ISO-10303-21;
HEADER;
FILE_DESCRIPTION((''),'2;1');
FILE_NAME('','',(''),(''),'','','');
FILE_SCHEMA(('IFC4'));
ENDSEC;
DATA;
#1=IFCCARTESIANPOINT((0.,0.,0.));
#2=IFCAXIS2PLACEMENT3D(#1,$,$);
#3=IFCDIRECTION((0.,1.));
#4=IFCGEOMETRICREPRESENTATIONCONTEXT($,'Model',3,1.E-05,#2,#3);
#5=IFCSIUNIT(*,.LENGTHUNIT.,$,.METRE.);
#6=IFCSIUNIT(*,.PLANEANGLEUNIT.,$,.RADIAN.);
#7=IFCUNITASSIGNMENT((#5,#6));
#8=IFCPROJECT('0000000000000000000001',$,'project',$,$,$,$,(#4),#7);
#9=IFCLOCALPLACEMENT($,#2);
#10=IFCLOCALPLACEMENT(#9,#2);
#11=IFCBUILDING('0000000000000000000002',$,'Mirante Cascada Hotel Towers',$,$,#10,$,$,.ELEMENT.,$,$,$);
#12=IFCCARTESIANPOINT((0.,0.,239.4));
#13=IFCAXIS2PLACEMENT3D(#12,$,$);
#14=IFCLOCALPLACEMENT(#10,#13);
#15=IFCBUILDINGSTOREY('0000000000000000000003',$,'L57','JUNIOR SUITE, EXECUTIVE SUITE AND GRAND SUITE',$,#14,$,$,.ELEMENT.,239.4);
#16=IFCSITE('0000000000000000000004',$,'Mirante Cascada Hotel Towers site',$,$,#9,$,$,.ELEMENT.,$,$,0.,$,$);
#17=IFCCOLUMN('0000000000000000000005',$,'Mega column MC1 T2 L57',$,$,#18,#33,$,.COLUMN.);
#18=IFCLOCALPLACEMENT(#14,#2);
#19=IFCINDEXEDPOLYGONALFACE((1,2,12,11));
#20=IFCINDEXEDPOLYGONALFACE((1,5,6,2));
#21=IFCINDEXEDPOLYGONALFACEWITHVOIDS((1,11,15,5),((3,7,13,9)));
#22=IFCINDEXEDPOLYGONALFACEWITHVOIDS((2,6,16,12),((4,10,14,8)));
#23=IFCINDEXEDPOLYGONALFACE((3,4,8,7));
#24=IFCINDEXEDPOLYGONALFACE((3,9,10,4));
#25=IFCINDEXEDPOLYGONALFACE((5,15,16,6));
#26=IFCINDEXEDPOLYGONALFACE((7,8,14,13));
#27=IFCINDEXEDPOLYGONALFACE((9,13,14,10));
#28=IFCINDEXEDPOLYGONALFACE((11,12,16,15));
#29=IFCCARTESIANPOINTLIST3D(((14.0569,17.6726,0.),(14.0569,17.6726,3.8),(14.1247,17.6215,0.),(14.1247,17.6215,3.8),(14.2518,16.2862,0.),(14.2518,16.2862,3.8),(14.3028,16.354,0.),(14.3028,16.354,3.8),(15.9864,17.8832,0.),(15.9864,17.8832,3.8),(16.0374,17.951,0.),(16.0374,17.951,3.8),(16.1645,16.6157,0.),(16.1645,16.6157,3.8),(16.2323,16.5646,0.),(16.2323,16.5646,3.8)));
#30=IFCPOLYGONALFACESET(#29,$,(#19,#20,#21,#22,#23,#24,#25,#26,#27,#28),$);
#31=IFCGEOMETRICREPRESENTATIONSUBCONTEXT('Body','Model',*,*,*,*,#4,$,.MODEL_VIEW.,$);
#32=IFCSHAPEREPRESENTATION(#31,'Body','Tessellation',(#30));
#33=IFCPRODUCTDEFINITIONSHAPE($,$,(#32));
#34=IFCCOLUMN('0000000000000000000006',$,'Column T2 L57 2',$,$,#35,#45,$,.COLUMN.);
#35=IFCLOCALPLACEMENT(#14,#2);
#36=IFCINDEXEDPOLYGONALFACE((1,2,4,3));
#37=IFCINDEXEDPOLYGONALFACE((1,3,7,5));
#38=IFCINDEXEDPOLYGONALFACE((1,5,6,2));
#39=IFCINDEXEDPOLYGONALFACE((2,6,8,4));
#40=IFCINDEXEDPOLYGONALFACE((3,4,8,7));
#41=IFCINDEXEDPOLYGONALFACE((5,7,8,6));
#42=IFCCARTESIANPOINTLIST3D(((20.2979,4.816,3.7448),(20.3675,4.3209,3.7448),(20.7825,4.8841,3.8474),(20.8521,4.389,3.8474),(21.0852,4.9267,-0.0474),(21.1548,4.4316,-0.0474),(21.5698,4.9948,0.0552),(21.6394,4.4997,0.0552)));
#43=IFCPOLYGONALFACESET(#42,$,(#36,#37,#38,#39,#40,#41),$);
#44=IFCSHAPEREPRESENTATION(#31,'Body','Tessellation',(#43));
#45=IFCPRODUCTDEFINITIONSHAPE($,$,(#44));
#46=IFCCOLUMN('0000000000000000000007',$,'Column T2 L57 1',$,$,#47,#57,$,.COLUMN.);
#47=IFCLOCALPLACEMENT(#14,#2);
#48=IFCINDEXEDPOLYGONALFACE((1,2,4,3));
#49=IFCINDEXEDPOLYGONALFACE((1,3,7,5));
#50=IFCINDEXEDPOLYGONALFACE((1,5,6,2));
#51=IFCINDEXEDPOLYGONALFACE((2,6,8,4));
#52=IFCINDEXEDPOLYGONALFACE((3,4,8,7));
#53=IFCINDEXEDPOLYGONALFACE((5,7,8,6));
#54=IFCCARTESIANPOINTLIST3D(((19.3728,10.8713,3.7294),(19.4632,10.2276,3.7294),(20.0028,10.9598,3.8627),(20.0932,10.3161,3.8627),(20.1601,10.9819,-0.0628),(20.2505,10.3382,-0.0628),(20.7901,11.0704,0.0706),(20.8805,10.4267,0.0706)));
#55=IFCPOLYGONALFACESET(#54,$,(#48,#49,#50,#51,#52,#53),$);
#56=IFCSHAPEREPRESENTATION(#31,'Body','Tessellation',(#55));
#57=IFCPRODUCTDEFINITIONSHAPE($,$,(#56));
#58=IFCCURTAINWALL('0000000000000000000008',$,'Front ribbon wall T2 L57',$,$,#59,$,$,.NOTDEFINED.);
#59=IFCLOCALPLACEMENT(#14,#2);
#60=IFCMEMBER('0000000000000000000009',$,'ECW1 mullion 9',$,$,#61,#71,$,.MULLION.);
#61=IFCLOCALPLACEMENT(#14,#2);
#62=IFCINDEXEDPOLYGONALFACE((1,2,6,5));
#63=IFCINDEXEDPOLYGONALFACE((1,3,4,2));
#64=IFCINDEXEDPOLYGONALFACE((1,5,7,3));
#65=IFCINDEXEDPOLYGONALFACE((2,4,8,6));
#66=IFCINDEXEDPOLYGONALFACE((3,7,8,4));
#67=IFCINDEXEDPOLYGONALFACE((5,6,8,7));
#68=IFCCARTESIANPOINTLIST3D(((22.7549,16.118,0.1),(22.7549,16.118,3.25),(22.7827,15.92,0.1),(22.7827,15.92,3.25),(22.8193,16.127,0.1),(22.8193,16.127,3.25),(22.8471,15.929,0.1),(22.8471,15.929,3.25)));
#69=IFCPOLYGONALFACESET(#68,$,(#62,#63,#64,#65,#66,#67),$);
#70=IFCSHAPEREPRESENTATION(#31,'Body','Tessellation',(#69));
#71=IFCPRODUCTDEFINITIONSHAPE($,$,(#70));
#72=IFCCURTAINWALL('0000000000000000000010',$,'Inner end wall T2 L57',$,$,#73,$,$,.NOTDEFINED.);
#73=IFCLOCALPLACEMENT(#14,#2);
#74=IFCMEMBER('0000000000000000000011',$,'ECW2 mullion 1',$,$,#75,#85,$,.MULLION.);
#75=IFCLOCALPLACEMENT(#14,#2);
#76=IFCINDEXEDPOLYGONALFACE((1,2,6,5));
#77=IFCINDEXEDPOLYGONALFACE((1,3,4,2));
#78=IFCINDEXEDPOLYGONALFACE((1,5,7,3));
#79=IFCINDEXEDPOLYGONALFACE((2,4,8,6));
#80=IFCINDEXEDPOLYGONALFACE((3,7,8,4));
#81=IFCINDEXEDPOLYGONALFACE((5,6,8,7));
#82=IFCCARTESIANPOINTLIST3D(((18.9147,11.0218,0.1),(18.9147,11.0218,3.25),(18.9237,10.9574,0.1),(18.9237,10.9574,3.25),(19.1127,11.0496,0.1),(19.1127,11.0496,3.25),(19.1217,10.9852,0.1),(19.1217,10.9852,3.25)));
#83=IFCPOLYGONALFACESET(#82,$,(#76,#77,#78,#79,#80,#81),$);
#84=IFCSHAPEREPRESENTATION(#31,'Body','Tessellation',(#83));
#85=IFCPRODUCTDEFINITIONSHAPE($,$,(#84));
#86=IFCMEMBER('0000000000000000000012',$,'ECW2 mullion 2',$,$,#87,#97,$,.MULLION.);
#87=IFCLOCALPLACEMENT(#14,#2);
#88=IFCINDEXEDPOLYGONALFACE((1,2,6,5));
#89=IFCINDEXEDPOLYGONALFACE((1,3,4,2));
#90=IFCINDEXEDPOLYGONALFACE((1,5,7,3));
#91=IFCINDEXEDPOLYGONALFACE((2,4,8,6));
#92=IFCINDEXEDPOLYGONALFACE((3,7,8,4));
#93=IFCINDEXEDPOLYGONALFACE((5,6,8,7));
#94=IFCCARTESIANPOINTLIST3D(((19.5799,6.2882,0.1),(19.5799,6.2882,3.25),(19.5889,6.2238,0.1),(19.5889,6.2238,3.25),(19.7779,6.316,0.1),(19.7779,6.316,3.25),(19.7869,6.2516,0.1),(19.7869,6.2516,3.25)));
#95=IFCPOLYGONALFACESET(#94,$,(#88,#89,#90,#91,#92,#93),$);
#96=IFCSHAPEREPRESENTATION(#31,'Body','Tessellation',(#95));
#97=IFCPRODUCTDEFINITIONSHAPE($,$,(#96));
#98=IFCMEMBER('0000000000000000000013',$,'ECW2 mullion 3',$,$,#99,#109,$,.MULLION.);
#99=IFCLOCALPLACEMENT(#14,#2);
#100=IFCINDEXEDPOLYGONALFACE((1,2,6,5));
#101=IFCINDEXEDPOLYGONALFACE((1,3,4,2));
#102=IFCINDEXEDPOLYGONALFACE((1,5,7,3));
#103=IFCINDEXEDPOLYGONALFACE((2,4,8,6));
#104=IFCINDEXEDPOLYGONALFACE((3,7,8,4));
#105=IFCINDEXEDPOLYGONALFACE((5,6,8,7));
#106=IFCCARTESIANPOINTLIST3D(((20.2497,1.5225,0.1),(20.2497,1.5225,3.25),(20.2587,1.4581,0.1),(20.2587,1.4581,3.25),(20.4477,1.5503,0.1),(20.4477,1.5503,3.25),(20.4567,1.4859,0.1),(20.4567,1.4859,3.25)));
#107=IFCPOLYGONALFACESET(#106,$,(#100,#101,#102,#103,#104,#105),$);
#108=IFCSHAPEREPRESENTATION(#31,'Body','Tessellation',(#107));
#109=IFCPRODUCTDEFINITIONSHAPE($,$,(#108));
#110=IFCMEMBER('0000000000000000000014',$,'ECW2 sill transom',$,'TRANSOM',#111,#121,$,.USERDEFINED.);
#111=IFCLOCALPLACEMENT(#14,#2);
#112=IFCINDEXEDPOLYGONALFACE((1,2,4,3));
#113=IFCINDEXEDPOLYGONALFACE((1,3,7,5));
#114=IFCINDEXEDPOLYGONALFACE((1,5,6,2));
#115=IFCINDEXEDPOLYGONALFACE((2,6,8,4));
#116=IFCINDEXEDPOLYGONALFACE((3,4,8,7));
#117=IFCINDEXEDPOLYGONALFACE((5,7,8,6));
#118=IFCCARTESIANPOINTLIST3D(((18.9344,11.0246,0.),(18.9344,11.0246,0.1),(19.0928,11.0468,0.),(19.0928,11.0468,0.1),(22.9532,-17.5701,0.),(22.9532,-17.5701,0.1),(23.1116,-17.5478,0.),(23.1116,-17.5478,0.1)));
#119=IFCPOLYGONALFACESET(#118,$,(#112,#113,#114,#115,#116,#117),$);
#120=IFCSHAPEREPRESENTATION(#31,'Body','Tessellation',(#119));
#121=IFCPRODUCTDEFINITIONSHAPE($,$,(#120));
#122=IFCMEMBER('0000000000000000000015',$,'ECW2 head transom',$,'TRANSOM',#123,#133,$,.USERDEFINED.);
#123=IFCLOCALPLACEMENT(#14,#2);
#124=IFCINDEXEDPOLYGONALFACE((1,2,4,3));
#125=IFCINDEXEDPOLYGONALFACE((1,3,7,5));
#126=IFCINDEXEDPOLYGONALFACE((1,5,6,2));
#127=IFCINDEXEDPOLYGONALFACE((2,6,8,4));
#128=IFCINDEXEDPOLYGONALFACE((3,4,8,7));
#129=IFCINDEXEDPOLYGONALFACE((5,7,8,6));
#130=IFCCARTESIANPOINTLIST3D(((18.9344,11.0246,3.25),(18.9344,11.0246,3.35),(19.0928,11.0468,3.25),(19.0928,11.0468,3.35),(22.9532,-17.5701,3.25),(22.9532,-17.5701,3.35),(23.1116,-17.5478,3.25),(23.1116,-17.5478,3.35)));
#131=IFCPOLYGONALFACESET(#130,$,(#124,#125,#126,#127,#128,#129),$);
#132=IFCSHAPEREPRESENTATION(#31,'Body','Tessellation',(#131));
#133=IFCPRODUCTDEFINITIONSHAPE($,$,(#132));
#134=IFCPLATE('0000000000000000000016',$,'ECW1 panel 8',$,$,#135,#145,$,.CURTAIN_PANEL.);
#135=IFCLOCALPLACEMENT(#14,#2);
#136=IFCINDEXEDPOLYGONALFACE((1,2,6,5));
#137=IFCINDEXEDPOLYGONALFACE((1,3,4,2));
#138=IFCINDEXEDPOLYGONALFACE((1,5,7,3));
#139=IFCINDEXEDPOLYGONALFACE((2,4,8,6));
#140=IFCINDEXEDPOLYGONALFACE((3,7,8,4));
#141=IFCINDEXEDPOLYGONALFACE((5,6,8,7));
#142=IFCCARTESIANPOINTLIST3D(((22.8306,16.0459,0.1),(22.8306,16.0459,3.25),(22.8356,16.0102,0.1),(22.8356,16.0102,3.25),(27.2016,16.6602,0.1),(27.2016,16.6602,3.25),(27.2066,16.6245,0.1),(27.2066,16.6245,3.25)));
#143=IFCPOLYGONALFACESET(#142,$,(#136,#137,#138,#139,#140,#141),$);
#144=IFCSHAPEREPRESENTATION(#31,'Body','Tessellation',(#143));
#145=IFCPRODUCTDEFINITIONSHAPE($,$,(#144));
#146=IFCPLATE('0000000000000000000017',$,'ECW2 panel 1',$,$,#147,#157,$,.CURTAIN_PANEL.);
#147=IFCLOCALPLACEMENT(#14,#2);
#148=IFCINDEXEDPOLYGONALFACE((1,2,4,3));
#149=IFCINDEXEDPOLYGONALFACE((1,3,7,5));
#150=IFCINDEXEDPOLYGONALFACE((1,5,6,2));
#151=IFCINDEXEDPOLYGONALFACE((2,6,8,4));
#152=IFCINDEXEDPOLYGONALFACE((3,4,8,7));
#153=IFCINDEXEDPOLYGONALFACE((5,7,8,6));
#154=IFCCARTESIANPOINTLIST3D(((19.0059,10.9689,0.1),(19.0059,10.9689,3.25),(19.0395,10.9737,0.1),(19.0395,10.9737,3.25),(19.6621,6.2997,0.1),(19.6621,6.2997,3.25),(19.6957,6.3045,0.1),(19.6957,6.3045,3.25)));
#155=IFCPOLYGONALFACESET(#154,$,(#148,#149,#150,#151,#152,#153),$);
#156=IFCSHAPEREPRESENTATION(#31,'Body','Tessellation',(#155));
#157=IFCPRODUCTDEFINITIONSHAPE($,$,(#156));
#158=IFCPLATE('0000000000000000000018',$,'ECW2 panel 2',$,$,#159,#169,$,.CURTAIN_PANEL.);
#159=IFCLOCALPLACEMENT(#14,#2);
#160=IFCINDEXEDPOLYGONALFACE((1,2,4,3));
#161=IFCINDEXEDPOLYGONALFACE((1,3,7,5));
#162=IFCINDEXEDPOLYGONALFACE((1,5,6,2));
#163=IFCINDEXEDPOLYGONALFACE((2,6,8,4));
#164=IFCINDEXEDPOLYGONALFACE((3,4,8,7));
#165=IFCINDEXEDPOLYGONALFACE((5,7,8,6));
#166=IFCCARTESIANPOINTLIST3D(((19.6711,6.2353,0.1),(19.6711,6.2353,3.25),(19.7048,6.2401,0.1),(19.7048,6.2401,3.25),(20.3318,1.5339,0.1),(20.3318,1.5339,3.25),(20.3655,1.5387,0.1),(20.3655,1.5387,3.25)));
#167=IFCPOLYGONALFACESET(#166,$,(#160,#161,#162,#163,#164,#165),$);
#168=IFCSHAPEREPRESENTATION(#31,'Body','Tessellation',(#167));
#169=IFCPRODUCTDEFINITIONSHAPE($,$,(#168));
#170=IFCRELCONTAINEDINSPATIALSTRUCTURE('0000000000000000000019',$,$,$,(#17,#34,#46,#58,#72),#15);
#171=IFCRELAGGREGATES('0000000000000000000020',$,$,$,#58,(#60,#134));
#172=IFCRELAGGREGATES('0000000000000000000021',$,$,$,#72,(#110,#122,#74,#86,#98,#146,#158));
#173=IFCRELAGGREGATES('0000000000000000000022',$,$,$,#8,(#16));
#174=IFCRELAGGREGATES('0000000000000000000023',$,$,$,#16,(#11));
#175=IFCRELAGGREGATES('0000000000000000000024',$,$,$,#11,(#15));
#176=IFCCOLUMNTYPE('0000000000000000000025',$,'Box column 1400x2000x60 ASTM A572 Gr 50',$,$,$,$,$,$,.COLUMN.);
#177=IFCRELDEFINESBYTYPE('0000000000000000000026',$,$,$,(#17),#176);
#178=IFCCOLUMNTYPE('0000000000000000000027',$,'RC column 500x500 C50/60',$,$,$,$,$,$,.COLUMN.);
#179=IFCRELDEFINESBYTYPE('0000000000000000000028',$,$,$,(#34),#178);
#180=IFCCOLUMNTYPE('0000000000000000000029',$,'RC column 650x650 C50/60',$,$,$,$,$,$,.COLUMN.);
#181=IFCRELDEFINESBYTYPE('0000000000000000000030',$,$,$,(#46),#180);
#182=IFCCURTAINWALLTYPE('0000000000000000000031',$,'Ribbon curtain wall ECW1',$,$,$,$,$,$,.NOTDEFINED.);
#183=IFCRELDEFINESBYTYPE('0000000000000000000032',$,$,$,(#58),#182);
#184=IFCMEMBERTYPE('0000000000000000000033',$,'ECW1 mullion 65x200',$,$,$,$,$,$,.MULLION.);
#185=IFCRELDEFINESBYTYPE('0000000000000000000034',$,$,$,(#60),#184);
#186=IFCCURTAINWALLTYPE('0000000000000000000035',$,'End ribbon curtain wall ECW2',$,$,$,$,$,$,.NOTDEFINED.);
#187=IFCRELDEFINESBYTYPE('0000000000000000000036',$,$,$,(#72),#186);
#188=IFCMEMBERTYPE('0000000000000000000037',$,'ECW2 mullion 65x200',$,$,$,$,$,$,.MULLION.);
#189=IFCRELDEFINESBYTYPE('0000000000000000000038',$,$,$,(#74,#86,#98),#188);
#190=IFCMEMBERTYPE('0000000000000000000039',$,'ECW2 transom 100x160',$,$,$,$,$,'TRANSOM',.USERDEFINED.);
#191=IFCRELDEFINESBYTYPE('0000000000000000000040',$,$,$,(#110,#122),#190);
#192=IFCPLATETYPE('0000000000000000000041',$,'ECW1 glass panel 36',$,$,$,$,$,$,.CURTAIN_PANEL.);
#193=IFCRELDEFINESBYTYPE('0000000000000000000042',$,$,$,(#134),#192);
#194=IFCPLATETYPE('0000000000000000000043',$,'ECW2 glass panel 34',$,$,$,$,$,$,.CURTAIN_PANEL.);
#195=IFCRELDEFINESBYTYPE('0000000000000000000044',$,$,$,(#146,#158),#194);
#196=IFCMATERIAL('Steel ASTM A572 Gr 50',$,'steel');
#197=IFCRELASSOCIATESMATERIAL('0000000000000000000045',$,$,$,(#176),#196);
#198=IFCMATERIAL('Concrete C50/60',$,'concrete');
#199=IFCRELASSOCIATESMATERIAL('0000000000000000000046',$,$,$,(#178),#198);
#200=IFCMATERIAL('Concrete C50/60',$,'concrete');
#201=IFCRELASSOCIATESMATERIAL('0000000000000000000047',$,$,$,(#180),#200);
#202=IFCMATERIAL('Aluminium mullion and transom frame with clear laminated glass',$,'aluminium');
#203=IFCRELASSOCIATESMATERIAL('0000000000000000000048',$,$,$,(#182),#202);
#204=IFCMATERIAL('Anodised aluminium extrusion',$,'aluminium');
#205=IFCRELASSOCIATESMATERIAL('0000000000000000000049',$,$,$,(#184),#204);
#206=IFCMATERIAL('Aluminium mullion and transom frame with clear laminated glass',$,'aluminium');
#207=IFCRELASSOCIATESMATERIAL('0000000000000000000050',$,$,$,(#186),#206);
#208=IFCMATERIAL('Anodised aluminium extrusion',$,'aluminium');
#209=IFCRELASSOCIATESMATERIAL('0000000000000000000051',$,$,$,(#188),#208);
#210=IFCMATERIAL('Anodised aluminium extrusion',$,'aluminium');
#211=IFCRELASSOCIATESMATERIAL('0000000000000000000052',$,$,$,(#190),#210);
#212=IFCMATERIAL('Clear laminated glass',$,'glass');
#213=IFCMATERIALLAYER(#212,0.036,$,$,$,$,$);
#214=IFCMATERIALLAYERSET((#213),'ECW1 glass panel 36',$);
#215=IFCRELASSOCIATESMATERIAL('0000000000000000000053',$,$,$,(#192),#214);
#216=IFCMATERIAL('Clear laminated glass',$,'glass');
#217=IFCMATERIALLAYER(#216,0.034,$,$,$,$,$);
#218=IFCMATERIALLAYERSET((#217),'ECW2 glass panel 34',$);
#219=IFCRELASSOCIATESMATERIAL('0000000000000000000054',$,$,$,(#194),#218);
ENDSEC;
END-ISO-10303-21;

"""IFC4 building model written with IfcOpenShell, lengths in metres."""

from ifc_helpers import new_model, si_unit, direction, frame, origin, origin_2d, place, context, subcontext, project, spatial, rectangle, hollow_rectangle, extrude, material, layer, layer_set, material_profile, profile_set, type_object, element, aggregate, save


model = new_model("IFC4")

# Units and contexts
model_context = context("Model", 3, precision=1e-05, world=origin(), true_north=direction((0.0, 1.0)))
body_context = subcontext(model_context, "Body", "Model", "MODEL_VIEW")
ifc_project = project(units=[si_unit("LENGTHUNIT", "METRE"), si_unit("PLANEANGLEUNIT", "RADIAN")], contexts=[model_context])

# Site, building, storey
site_placement = place(None, origin())
site = spatial("IfcSite", under=ifc_project, at=site_placement, Name="Mirante Cascada Hotel Towers site", CompositionType="ELEMENT", RefElevation=0.0)
building_placement = place(site_placement, origin())
building = spatial("IfcBuilding", under=site, at=building_placement, Name="Mirante Cascada Hotel Towers", CompositionType="ELEMENT")
storey_placement = place(building_placement, frame((0.0, 0.0, 239.4)))
storey = spatial("IfcBuildingStorey", under=building, at=storey_placement, Name="L57", Description="JUNIOR SUITE, EXECUTIVE SUITE AND GRAND SUITE", CompositionType="ELEMENT", Elevation=239.4)

# Columns
ifc_material_1 = material(Name="Steel ASTM A572 Gr 50", Category="steel")
ifc_material_profile_1 = material_profile(ifc_material_1, hollow_rectangle(XDim=2.0, YDim=1.4, WallThickness=0.06, at=origin_2d()), Name="Box column 1400x2000x60 ASTM A572 Gr 50")
ifc_profile_set_1 = profile_set([ifc_material_profile_1], Name="Steel ASTM A572 Gr 50")
column_type_1 = type_object("IfcColumnType", Name="Box column 1400x2000x60 ASTM A572 Gr 50", PredefinedType="COLUMN", material=ifc_profile_set_1)
column_1_placement = place(storey_placement, frame((15.1446, 17.1186, 0.0), z_axis=(0.0, 0.0, 1.0), x_axis=(0.990268, 0.139173, 0.0)))
element("IfcColumn", 1, at=column_1_placement, inside=storey, type_object=column_type_1, Name="Mega column MC1 T2 L57", PredefinedType="COLUMN", context=body_context, shape_type="SweptSolid", body=[
    extrude(hollow_rectangle(XDim=2.0, YDim=1.4, WallThickness=0.06, at=origin_2d()), origin(), (0.0, 0.0, 1.0), 3.8),
])
ifc_material_2 = material(Name="Concrete C50/60", Category="concrete")
ifc_material_profile_2 = material_profile(ifc_material_2, rectangle(XDim=0.5, YDim=0.5, at=origin_2d()), Name="RC column 500x500 C50/60")
ifc_profile_set_2 = profile_set([ifc_material_profile_2], Name="Concrete C50/60")
column_type_2 = type_object("IfcColumnType", Name="RC column 500x500 C50/60", PredefinedType="COLUMN", material=ifc_profile_set_2)
column_2_placement = place(storey_placement, frame((21.3623, 4.7132, 0.0039), z_axis=(-0.203193, -0.02857, 0.978722), x_axis=(0.139237, -0.990259, 0.0)))
element("IfcColumn", 2, at=column_2_placement, inside=storey, type_object=column_type_2, Name="Column T2 L57 2", PredefinedType="COLUMN", context=body_context, shape_type="SweptSolid", body=[
    extrude(rectangle(XDim=0.5, YDim=0.5, at=origin_2d()), origin(), (0.0, 0.0, 1.0), 3.8746),
])
ifc_material_3 = material(Name="Concrete C50/60", Category="concrete")
ifc_material_profile_3 = material_profile(ifc_material_3, rectangle(XDim=0.65, YDim=0.65, at=origin_2d()), Name="RC column 650x650 C50/60")
ifc_profile_set_3 = profile_set([ifc_material_profile_3], Name="Concrete C50/60")
column_type_3 = type_object("IfcColumnType", Name="RC column 650x650 C50/60", PredefinedType="COLUMN", material=ifc_profile_set_3)
column_3_placement = place(storey_placement, frame((20.5203, 10.7043, 0.0039), z_axis=(-0.203193, -0.028545, 0.978723), x_axis=(0.139114, -0.990276, 0.0)))
element("IfcColumn", 3, at=column_3_placement, inside=storey, type_object=column_type_3, Name="Column T2 L57 1", PredefinedType="COLUMN", context=body_context, shape_type="SweptSolid", body=[
    extrude(rectangle(XDim=0.65, YDim=0.65, at=origin_2d()), origin(), (0.0, 0.0, 1.0), 3.8746),
])

# Curtain wall, member
ifc_material_4 = material(Name="Aluminium mullion and transom frame with clear laminated glass", Category="aluminium")
curtain_wall_type_1 = type_object("IfcCurtainWallType", Name="Ribbon curtain wall ECW1", PredefinedType="NOTDEFINED", material=ifc_material_4)
curtain_wall_1_placement = place(storey_placement, origin())
curtain_wall_1 = element("IfcCurtainWall", 4, at=curtain_wall_1_placement, inside=storey, type_object=curtain_wall_type_1, Name="Front ribbon wall T2 L57", PredefinedType="NOTDEFINED")
ifc_material_5 = material(Name="Anodised aluminium extrusion", Category="aluminium")
ifc_material_profile_4 = material_profile(ifc_material_5, rectangle(XDim=0.2, YDim=0.065, at=origin_2d()), Name="ECW1 MULLION 65x200")
ifc_profile_set_4 = profile_set([ifc_material_profile_4], Name="Anodised aluminium extrusion")
member_type_1 = type_object("IfcMemberType", Name="ECW1 mullion 65x200", PredefinedType="MULLION", material=ifc_profile_set_4)
member_1_placement = place(storey_placement, frame((22.801, 16.0235, 0.1), z_axis=(0.0, 0.0, 1.0), x_axis=(0.139173, -0.990268, 0.0)))
member_1 = element("IfcMember", 5, at=member_1_placement, type_object=member_type_1, Name="ECW1 mullion 9", PredefinedType="MULLION", context=body_context, shape_type="SweptSolid", body=[
    extrude(rectangle(XDim=0.2, YDim=0.065, at=origin_2d()), origin(), (0.0, 0.0, 1.0), 3.15),
])

# Curtain wall, members
ifc_material_6 = material(Name="Aluminium mullion and transom frame with clear laminated glass", Category="aluminium")
curtain_wall_type_2 = type_object("IfcCurtainWallType", Name="End ribbon curtain wall ECW2", PredefinedType="NOTDEFINED", material=ifc_material_6)
curtain_wall_2_placement = place(storey_placement, origin())
curtain_wall_2 = element("IfcCurtainWall", 6, at=curtain_wall_2_placement, inside=storey, type_object=curtain_wall_type_2, Name="Inner end wall T2 L57", PredefinedType="NOTDEFINED")
ifc_material_7 = material(Name="Anodised aluminium extrusion", Category="aluminium")
ifc_material_profile_5 = material_profile(ifc_material_7, rectangle(XDim=0.2, YDim=0.065, at=origin_2d()), Name="ECW2 MULLION 65x200")
ifc_profile_set_5 = profile_set([ifc_material_profile_5], Name="Anodised aluminium extrusion")
member_type_2 = type_object("IfcMemberType", Name="ECW2 mullion 65x200", PredefinedType="MULLION", material=ifc_profile_set_5)
member_2_placement = place(storey_placement, frame((19.0182, 11.0035, 0.1), z_axis=(0.0, 0.0, 1.0), x_axis=(0.990268, 0.139173, 0.0)))
member_2 = element("IfcMember", 7, at=member_2_placement, type_object=member_type_2, Name="ECW2 mullion 1", PredefinedType="MULLION", context=body_context, shape_type="SweptSolid", body=[
    extrude(rectangle(XDim=0.2, YDim=0.065, at=origin_2d()), origin(), (0.0, 0.0, 1.0), 3.15),
])
member_3_placement = place(storey_placement, frame((19.6834, 6.2699, 0.1), z_axis=(0.0, 0.0, 1.0), x_axis=(0.990268, 0.139173, 0.0)))
member_3 = element("IfcMember", 8, at=member_3_placement, type_object=member_type_2, Name="ECW2 mullion 2", PredefinedType="MULLION", context=body_context, shape_type="SweptSolid", body=[
    extrude(rectangle(XDim=0.2, YDim=0.065, at=origin_2d()), origin(), (0.0, 0.0, 1.0), 3.15),
])
member_4_placement = place(storey_placement, frame((20.3532, 1.5042, 0.1), z_axis=(0.0, 0.0, 1.0), x_axis=(0.990268, 0.139173, 0.0)))
member_4 = element("IfcMember", 9, at=member_4_placement, type_object=member_type_2, Name="ECW2 mullion 3", PredefinedType="MULLION", context=body_context, shape_type="SweptSolid", body=[
    extrude(rectangle(XDim=0.2, YDim=0.065, at=origin_2d()), origin(), (0.0, 0.0, 1.0), 3.15),
])
ifc_material_8 = material(Name="Anodised aluminium extrusion", Category="aluminium")
ifc_material_profile_6 = material_profile(ifc_material_8, rectangle(XDim=0.16, YDim=0.1, at=origin_2d()), Name="ECW2 TRANSOM 100x160")
ifc_profile_set_6 = profile_set([ifc_material_profile_6], Name="Anodised aluminium extrusion")
member_type_3 = type_object("IfcMemberType", Name="ECW2 transom 100x160", ElementType="TRANSOM", PredefinedType="USERDEFINED", material=ifc_profile_set_6)
member_5_placement = place(storey_placement, frame((19.0136, 11.0357, 0.05), z_axis=(0.139176, -0.990268, 0.0), x_axis=(0.990268, 0.139176, 0.0)))
member_5 = element("IfcMember", 10, at=member_5_placement, type_object=member_type_3, Name="ECW2 sill transom", ObjectType="TRANSOM", PredefinedType="USERDEFINED", context=body_context, shape_type="SweptSolid", body=[
    extrude(rectangle(XDim=0.16, YDim=0.1, at=origin_2d()), origin(), (0.0, 0.0, 1.0), 28.8757),
])
member_6_placement = place(storey_placement, frame((19.0136, 11.0357, 3.3), z_axis=(0.139176, -0.990268, 0.0), x_axis=(0.990268, 0.139176, 0.0)))
member_6 = element("IfcMember", 11, at=member_6_placement, type_object=member_type_3, Name="ECW2 head transom", ObjectType="TRANSOM", PredefinedType="USERDEFINED", context=body_context, shape_type="SweptSolid", body=[
    extrude(rectangle(XDim=0.16, YDim=0.1, at=origin_2d()), origin(), (0.0, 0.0, 1.0), 28.8757),
])

# Plates
ifc_material_9 = material(Name="Clear laminated glass", Category="glass")
ifc_layer_1 = layer(ifc_material_9, 0.036)
ifc_layer_set_1 = layer_set([ifc_layer_1], Name="ECW1 glass panel 36")
plate_type_1 = type_object("IfcPlateType", Name="ECW1 glass panel 36", PredefinedType="CURTAIN_PANEL", material=ifc_layer_set_1)
plate_1_placement = place(storey_placement, frame((25.0186, 16.3352, 0.1), z_axis=(0.0, 0.0, 1.0), x_axis=(-0.990268, -0.139173, 0.0)))
plate_1 = element("IfcPlate", 12, at=plate_1_placement, type_object=plate_type_1, Name="ECW1 panel 8", PredefinedType="CURTAIN_PANEL", context=body_context, shape_type="SweptSolid", body=[
    extrude(rectangle(XDim=4.4139, YDim=0.036, at=origin_2d()), origin(), (0.0, 0.0, 1.0), 3.15),
])
aggregate(curtain_wall_1, [member_1, plate_1])
ifc_material_10 = material(Name="Clear laminated glass", Category="glass")
ifc_layer_2 = layer(ifc_material_10, 0.034)
ifc_layer_set_2 = layer_set([ifc_layer_2], Name="ECW2 glass panel 34")
plate_type_2 = type_object("IfcPlateType", Name="ECW2 glass panel 34", PredefinedType="CURTAIN_PANEL", material=ifc_layer_set_2)
plate_2_placement = place(storey_placement, frame((19.3508, 8.6367, 0.1), z_axis=(0.0, 0.0, 1.0), x_axis=(0.139173, -0.990268, 0.0)))
plate_2 = element("IfcPlate", 13, at=plate_2_placement, type_object=plate_type_2, Name="ECW2 panel 1", PredefinedType="CURTAIN_PANEL", context=body_context, shape_type="SweptSolid", body=[
    extrude(rectangle(XDim=4.7151, YDim=0.034, at=origin_2d()), origin(), (0.0, 0.0, 1.0), 3.15),
])
plate_3_placement = place(storey_placement, frame((20.0183, 3.887, 0.1), z_axis=(0.0, 0.0, 1.0), x_axis=(0.139173, -0.990268, 0.0)))
plate_3 = element("IfcPlate", 14, at=plate_3_placement, type_object=plate_type_2, Name="ECW2 panel 2", PredefinedType="CURTAIN_PANEL", context=body_context, shape_type="SweptSolid", body=[
    extrude(rectangle(XDim=4.7476, YDim=0.034, at=origin_2d()), origin(), (0.0, 0.0, 1.0), 3.15),
])
aggregate(curtain_wall_2, [member_5, member_6, member_2, member_3, member_4, plate_2, plate_3])

save(model, "model.ifc")
